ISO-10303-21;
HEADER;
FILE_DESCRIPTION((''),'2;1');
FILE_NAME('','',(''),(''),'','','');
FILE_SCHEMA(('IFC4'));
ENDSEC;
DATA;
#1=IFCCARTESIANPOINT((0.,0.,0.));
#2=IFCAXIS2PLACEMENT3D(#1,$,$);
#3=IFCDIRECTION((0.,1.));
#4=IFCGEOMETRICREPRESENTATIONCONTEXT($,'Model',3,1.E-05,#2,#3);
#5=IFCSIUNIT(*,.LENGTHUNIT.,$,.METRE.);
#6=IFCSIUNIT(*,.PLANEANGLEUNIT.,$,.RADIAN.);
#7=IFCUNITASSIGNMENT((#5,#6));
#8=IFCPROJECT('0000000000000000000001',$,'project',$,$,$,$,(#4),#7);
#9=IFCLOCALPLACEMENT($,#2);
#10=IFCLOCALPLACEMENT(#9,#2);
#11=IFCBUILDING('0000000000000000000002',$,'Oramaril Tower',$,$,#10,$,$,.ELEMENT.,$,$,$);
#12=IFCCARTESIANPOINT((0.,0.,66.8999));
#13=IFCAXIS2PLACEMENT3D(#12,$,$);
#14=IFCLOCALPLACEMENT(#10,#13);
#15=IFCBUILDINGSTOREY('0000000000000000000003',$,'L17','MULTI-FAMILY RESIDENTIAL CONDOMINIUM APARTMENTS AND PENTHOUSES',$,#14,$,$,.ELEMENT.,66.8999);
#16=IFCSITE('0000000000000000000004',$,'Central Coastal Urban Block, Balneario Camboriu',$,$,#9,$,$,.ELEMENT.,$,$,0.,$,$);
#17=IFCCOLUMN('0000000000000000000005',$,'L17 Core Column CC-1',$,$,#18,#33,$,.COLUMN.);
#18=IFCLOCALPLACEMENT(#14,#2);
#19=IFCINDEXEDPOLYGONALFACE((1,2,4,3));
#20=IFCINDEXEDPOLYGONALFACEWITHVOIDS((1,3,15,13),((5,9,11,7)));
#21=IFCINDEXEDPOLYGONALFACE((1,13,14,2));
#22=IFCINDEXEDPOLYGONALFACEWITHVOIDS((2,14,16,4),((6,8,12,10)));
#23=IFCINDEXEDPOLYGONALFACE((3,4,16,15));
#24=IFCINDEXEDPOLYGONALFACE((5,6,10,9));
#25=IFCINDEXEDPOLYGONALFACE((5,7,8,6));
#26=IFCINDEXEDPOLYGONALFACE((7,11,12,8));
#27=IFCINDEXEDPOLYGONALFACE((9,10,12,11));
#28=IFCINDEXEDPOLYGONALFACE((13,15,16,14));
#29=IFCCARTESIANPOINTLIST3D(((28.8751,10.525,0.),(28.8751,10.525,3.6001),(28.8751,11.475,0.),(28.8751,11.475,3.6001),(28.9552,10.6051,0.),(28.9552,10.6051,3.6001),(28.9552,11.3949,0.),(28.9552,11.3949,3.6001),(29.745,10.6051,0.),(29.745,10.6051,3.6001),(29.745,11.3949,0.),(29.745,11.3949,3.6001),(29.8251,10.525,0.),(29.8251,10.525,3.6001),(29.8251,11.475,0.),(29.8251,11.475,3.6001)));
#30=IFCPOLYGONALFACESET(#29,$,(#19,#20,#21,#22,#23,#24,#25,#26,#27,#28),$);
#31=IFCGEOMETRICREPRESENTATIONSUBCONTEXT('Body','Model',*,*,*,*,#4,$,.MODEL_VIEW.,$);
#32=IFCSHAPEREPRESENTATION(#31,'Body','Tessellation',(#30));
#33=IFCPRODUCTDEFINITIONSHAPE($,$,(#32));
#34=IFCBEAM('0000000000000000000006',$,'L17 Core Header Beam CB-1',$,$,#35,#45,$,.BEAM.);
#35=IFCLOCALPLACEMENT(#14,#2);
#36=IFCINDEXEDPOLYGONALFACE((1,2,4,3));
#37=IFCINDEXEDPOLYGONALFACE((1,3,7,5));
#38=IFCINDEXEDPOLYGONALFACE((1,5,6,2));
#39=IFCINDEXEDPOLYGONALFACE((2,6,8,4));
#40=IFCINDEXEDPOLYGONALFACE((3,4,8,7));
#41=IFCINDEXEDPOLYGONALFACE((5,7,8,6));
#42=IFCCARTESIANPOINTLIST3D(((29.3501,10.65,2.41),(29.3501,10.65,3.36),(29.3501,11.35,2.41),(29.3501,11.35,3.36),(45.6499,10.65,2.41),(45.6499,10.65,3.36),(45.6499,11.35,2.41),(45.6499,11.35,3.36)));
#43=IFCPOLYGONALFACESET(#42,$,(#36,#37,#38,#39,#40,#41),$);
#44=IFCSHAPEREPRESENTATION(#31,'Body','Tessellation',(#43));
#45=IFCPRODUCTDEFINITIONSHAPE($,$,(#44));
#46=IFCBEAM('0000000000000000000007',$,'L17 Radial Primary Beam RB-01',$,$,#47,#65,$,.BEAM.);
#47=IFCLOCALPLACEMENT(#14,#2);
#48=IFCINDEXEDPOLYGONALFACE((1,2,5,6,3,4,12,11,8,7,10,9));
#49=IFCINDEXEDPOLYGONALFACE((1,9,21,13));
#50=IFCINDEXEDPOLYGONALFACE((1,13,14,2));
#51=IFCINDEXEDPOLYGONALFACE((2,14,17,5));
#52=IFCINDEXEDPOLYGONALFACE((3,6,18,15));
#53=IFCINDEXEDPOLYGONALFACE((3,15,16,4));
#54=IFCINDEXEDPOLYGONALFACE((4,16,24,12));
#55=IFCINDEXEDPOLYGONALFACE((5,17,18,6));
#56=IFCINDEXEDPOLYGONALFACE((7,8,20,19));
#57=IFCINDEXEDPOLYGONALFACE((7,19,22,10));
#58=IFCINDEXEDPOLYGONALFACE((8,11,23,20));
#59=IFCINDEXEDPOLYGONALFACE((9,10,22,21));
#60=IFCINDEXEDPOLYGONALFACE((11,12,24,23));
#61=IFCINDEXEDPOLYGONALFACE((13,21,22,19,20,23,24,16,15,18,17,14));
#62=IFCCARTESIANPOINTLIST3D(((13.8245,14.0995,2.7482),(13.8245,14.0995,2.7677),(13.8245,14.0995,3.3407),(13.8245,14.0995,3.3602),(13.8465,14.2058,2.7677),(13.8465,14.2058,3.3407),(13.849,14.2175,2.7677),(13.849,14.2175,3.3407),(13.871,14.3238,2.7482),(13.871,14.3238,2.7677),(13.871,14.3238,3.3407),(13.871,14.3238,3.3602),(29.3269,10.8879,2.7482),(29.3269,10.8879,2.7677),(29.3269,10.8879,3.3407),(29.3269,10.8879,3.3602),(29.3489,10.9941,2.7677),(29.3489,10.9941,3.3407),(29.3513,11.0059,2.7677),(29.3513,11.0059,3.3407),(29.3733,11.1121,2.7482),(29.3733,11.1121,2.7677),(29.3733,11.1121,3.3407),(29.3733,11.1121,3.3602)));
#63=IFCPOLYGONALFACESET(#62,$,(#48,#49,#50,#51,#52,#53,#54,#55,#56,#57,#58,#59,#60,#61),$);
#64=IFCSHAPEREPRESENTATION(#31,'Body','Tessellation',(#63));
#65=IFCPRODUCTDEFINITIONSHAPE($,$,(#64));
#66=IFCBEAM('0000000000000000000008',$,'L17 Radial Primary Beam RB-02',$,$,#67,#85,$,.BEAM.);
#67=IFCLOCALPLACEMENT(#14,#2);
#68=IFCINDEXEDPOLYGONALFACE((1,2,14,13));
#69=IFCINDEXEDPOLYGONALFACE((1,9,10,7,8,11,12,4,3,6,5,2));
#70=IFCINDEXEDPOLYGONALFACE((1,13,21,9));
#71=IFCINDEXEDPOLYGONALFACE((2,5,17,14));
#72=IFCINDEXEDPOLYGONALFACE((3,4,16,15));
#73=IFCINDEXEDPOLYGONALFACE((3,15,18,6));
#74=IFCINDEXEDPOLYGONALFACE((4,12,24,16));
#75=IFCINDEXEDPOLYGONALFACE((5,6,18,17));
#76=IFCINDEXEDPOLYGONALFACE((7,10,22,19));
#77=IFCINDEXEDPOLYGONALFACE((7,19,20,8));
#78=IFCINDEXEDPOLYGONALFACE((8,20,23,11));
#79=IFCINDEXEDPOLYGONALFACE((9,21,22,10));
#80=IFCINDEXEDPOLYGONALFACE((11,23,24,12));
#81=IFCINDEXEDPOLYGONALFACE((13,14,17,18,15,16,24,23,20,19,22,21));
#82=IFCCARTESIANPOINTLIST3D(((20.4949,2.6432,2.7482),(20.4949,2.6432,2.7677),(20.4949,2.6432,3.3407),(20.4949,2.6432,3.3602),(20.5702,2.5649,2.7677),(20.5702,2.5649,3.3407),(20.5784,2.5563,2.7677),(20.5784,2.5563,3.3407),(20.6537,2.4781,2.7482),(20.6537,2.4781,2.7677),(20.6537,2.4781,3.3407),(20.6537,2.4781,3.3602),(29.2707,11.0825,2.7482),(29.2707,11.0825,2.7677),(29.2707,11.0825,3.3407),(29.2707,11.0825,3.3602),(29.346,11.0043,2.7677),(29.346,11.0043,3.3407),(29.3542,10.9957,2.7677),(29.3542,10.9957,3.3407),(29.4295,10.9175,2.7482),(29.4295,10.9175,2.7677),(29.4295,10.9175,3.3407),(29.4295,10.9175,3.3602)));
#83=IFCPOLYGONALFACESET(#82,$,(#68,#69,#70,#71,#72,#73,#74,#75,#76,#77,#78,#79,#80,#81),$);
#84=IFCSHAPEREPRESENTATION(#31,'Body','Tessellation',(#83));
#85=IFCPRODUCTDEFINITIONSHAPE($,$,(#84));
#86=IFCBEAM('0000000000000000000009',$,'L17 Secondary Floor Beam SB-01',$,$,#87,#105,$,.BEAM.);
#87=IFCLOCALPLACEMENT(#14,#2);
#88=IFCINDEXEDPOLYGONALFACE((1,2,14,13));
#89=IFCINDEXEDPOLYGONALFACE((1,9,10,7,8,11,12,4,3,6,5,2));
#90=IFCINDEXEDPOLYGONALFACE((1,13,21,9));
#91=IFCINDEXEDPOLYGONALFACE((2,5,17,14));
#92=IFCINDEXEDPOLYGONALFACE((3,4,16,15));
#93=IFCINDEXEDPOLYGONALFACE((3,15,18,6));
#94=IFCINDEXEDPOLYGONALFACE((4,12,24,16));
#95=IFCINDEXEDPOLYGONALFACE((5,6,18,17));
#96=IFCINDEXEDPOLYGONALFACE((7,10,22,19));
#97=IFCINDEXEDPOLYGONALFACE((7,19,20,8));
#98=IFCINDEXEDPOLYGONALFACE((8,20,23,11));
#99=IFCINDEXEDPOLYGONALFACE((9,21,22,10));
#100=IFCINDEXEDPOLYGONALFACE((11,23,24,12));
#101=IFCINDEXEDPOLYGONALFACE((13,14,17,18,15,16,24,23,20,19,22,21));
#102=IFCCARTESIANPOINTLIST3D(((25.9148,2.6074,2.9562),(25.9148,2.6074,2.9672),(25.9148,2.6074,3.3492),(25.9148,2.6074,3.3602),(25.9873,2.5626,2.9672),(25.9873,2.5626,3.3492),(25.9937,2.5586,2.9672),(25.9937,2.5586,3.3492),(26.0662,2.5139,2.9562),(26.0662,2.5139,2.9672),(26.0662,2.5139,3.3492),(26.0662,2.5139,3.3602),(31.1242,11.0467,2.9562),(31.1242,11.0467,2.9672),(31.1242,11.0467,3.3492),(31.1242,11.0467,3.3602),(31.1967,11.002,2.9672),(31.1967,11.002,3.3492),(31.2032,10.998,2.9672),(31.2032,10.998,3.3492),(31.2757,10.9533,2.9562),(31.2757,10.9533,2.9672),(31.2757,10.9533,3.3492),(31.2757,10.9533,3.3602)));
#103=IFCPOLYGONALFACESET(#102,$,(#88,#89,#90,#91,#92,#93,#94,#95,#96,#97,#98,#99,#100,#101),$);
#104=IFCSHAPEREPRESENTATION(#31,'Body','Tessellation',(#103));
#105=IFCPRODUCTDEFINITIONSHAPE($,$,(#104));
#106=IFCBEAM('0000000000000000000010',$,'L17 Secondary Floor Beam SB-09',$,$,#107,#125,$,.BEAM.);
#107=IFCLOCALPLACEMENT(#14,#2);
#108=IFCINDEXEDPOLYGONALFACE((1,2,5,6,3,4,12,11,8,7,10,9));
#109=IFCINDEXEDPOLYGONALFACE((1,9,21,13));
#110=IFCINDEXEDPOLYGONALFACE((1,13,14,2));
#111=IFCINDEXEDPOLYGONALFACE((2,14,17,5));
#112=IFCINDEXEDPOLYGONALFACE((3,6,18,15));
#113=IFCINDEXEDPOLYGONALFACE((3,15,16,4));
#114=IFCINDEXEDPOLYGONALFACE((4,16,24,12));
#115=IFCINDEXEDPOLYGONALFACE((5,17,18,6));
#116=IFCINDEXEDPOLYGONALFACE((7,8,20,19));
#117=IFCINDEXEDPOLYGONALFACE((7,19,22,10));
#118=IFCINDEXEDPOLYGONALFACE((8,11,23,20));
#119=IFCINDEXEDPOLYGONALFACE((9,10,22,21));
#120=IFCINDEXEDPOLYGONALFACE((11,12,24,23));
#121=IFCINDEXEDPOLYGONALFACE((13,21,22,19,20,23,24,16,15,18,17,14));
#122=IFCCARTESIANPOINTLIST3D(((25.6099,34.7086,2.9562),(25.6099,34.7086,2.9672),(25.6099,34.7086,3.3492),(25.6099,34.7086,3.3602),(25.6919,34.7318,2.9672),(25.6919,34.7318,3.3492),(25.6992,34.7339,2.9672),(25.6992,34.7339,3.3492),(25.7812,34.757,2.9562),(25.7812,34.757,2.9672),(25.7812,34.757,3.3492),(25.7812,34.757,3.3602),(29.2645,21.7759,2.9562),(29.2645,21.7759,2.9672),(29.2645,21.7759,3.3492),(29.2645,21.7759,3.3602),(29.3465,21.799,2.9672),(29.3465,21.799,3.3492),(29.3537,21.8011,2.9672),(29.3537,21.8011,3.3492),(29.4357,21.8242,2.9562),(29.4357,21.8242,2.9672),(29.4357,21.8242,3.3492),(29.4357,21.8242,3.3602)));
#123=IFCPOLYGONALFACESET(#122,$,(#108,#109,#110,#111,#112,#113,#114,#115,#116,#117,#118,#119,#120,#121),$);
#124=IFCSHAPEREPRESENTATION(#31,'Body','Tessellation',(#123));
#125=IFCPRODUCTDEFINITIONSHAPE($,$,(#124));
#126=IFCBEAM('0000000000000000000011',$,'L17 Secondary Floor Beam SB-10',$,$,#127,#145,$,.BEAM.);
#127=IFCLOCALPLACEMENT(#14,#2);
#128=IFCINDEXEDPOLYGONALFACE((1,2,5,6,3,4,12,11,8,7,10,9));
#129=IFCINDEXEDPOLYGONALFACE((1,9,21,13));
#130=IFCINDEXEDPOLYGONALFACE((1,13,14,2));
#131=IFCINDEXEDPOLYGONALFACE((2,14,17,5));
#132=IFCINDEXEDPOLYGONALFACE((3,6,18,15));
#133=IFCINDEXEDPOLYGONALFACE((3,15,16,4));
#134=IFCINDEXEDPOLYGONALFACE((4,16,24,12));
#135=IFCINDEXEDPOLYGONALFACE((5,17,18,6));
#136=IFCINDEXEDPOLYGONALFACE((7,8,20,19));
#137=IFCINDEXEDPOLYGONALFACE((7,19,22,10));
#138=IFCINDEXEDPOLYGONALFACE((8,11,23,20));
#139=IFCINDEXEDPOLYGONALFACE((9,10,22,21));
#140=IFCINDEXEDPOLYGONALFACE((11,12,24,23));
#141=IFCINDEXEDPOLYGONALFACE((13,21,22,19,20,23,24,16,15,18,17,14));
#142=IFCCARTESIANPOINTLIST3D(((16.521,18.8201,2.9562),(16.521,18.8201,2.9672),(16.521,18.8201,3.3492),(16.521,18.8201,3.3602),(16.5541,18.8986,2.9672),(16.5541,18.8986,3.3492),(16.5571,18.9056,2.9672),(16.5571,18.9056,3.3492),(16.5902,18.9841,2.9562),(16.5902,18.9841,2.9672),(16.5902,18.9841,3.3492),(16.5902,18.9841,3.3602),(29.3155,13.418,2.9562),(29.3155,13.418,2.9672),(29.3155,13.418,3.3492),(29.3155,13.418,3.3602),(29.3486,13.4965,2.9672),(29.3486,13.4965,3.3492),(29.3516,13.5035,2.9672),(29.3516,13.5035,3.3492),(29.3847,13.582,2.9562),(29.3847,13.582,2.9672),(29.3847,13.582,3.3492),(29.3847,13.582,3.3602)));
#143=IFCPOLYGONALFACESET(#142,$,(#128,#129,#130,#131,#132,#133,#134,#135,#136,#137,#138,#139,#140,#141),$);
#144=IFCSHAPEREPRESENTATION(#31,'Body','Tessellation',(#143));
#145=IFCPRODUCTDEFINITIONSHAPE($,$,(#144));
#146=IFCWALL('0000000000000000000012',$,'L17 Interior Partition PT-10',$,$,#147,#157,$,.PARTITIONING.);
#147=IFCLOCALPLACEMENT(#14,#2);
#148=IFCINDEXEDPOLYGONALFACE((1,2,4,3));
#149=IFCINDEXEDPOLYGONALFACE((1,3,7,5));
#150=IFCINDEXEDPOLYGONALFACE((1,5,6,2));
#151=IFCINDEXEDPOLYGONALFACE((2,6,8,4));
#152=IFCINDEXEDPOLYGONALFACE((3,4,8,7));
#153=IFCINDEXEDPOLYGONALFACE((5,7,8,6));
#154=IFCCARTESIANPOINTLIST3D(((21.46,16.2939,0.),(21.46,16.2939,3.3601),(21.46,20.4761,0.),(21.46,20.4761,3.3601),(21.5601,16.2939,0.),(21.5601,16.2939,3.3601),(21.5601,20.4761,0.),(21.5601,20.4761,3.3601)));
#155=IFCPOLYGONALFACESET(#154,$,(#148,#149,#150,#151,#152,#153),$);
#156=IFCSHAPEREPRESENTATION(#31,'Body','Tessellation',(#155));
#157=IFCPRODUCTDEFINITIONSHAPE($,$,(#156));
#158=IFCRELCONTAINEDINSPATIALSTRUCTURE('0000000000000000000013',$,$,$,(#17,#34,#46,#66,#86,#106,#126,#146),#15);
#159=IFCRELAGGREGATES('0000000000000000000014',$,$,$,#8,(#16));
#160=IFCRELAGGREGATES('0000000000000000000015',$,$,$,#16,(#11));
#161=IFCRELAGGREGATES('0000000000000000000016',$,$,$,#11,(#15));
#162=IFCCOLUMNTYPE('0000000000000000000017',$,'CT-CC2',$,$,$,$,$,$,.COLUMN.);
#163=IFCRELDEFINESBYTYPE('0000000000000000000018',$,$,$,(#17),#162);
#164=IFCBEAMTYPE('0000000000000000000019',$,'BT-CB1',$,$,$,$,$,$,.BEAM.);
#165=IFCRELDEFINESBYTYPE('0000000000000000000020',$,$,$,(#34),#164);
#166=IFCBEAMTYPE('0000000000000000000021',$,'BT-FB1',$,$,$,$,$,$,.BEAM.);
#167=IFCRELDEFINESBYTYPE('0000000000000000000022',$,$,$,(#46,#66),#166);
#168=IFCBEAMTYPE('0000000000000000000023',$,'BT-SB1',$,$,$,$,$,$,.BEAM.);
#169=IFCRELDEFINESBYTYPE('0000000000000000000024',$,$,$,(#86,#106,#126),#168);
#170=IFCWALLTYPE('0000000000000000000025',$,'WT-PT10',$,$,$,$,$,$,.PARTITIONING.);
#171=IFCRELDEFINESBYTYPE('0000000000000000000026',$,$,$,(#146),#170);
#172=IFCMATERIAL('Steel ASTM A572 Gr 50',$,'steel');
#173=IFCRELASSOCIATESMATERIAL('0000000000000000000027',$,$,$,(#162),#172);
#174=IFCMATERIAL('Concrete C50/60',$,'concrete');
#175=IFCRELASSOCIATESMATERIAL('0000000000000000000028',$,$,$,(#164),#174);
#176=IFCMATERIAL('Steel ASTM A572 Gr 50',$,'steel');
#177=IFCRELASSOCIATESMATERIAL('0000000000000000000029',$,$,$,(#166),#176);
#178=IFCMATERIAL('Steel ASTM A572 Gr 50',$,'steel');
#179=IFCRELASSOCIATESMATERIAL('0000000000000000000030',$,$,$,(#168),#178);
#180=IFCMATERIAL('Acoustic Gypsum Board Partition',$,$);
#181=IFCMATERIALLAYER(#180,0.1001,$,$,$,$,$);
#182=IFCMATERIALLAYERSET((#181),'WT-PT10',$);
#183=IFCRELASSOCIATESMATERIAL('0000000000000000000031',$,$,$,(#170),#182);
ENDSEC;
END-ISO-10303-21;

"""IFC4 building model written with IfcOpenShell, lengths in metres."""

from ifc_helpers import new_model, si_unit, direction, frame, frame_2d, origin, origin_2d, place, context, subcontext, project, spatial, rectangle, hollow_rectangle, i_section, extrude, material, layer, layer_set, material_profile, profile_set, type_object, element, save


model = new_model("IFC4")

# Units and contexts
model_context = context("Model", 3, precision=1e-05, world=origin(), true_north=direction((0.0, 1.0)))
body_context = subcontext(model_context, "Body", "Model", "MODEL_VIEW")
ifc_project = project(units=[si_unit("LENGTHUNIT", "METRE"), si_unit("PLANEANGLEUNIT", "RADIAN")], contexts=[model_context])

# Site, building, storey
site_placement = place(None, origin())
site = spatial("IfcSite", under=ifc_project, at=site_placement, Name="Central Coastal Urban Block, Balneario Camboriu", CompositionType="ELEMENT", RefElevation=0.0)
building_placement = place(site_placement, origin())
building = spatial("IfcBuilding", under=site, at=building_placement, Name="Oramaril Tower", CompositionType="ELEMENT")
storey_placement = place(building_placement, frame((0.0, 0.0, 66.8999)))
storey = spatial("IfcBuildingStorey", under=building, at=storey_placement, Name="L17", Description="MULTI-FAMILY RESIDENTIAL CONDOMINIUM APARTMENTS AND PENTHOUSES", CompositionType="ELEMENT", Elevation=66.8999)

# Column
ifc_material_1 = material(Name="Steel ASTM A572 Gr 50", Category="steel")
ifc_material_profile_1 = material_profile(ifc_material_1, hollow_rectangle(XDim=0.95, YDim=0.95, WallThickness=0.0801, at=origin_2d()), Name="BOX950X950X80")
ifc_profile_set_1 = profile_set([ifc_material_profile_1], Name="Steel ASTM A572 Gr 50")
column_type = type_object("IfcColumnType", Name="CT-CC2", PredefinedType="COLUMN", material=ifc_profile_set_1)
column_placement = place(storey_placement, frame((29.3501, 11.0, 0.0), z_axis=(0.0, 0.0, 1.0), x_axis=(1.0, 0.0, 0.0)))
element("IfcColumn", 1, at=column_placement, inside=storey, type_object=column_type, Name="L17 Core Column CC-1", PredefinedType="COLUMN", context=body_context, shape_type="SweptSolid", body=[
    extrude(hollow_rectangle(XDim=0.95, YDim=0.95, WallThickness=0.0801, at=origin_2d()), origin(), (0.0, 0.0, 1.0), 3.6001),
])

# Beams
ifc_material_2 = material(Name="Concrete C50/60", Category="concrete")
ifc_material_profile_2 = material_profile(ifc_material_2, rectangle(XDim=0.7, YDim=0.95, at=origin_2d()), Name="CB700X950")
ifc_profile_set_2 = profile_set([ifc_material_profile_2], Name="Concrete C50/60")
beam_type_1 = type_object("IfcBeamType", Name="BT-CB1", PredefinedType="BEAM", material=ifc_profile_set_2)
beam_1_placement = place(storey_placement, frame((29.3501, 11.0, 2.885), z_axis=(1.0, 0.0, 0.0), x_axis=(0.0, 1.0, 0.0)))
element("IfcBeam", 2, at=beam_1_placement, inside=storey, type_object=beam_type_1, Name="L17 Core Header Beam CB-1", PredefinedType="BEAM", context=body_context, shape_type="SweptSolid", body=[
    extrude(rectangle(XDim=0.7, YDim=0.95, at=origin_2d()), origin(), (0.0, 0.0, 1.0), 16.2998),
])
ifc_material_3 = material(Name="Steel ASTM A572 Gr 50", Category="steel")
ifc_material_profile_3 = material_profile(ifc_material_3, i_section(OverallWidth=0.229, OverallDepth=0.6121, WebThickness=0.012, FlangeThickness=0.0195, at=origin_2d()), Name="W24X84")
ifc_profile_set_3 = profile_set([ifc_material_profile_3], Name="Steel ASTM A572 Gr 50")
beam_type_2 = type_object("IfcBeamType", Name="BT-FB1", PredefinedType="BEAM", material=ifc_profile_set_3)
beam_2_placement = place(storey_placement, frame((29.3501, 11.0, 3.0542), z_axis=(-0.979207, 0.202864, 0.0), x_axis=(-0.202864, -0.979207, 0.0)))
element("IfcBeam", 3, at=beam_2_placement, inside=storey, type_object=beam_type_2, Name="L17 Radial Primary Beam RB-01", PredefinedType="BEAM", context=body_context, shape_type="SweptSolid", body=[
    extrude(i_section(OverallWidth=0.229, OverallDepth=0.6121, WebThickness=0.012, FlangeThickness=0.0195, at=origin_2d()), origin(), (0.0, 0.0, 1.0), 15.8315),
])
beam_3_placement = place(storey_placement, frame((29.3501, 11.0, 3.0542), z_axis=(-0.720788, -0.693156, 0.0), x_axis=(0.693156, -0.720788, 0.0)))
element("IfcBeam", 4, at=beam_3_placement, inside=storey, type_object=beam_type_2, Name="L17 Radial Primary Beam RB-02", PredefinedType="BEAM", context=body_context, shape_type="SweptSolid", body=[
    extrude(i_section(OverallWidth=0.229, OverallDepth=0.6121, WebThickness=0.012, FlangeThickness=0.0195, at=origin_2d()), origin(), (0.0, 0.0, 1.0), 12.1753),
])
ifc_material_4 = material(Name="Steel ASTM A572 Gr 50", Category="steel")
ifc_material_profile_4 = material_profile(ifc_material_4, i_section(OverallWidth=0.178, OverallDepth=0.4041, WebThickness=0.0076, FlangeThickness=0.011, at=origin_2d()), Name="W16X36")
ifc_profile_set_4 = profile_set([ifc_material_profile_4], Name="Steel ASTM A572 Gr 50")
beam_type_3 = type_object("IfcBeamType", Name="BT-SB1", PredefinedType="BEAM", material=ifc_profile_set_4)
beam_4_placement = place(storey_placement, frame((31.2, 11.0, 3.1582), z_axis=(-0.525264, -0.850939, 0.0), x_axis=(0.850939, -0.525264, 0.0)))
element("IfcBeam", 5, at=beam_4_placement, inside=storey, type_object=beam_type_3, Name="L17 Secondary Floor Beam SB-01", PredefinedType="BEAM", context=body_context, shape_type="SweptSolid", body=[
    extrude(i_section(OverallWidth=0.178, OverallDepth=0.4041, WebThickness=0.0076, FlangeThickness=0.011, at=origin_2d()), origin(), (0.0, 0.0, 1.0), 9.9177),
])
beam_5_placement = place(storey_placement, frame((29.3501, 21.8, 3.1582), z_axis=(-0.27193, 0.962317, 0.0), x_axis=(-0.962317, -0.27193, 0.0)))
element("IfcBeam", 6, at=beam_5_placement, inside=storey, type_object=beam_type_3, Name="L17 Secondary Floor Beam SB-09", PredefinedType="BEAM", context=body_context, shape_type="SweptSolid", body=[
    extrude(i_section(OverallWidth=0.178, OverallDepth=0.4041, WebThickness=0.0076, FlangeThickness=0.011, at=origin_2d()), origin(), (0.0, 0.0, 1.0), 13.4392),
])
beam_6_placement = place(storey_placement, frame((29.3501, 13.5, 3.1582), z_axis=(-0.921249, 0.388972, 0.0), x_axis=(-0.388972, -0.921249, 0.0)))
element("IfcBeam", 7, at=beam_6_placement, inside=storey, type_object=beam_type_3, Name="L17 Secondary Floor Beam SB-10", PredefinedType="BEAM", context=body_context, shape_type="SweptSolid", body=[
    extrude(i_section(OverallWidth=0.178, OverallDepth=0.4041, WebThickness=0.0076, FlangeThickness=0.011, at=origin_2d()), origin(), (0.0, 0.0, 1.0), 13.8882),
])

# Wall
ifc_material_5 = material(Name="Acoustic Gypsum Board Partition")
ifc_layer_1 = layer(ifc_material_5, 0.1001)
ifc_layer_set_1 = layer_set([ifc_layer_1], Name="WT-PT10")
wall_type_1 = type_object("IfcWallType", Name="WT-PT10", PredefinedType="PARTITIONING", material=ifc_layer_set_1)
wall_1_placement = place(storey_placement, frame((21.51, 16.2939, 0.0), z_axis=(0.0, 0.0, 1.0), x_axis=(0.0, 1.0, 0.0)))
element("IfcWall", 8, at=wall_1_placement, inside=storey, type_object=wall_type_1, Name="L17 Interior Partition PT-10", PredefinedType="PARTITIONING", context=body_context, shape_type="SweptSolid", body=[
    extrude(rectangle(XDim=4.1821, YDim=0.1001, at=frame_2d((2.0911, 0.0))), origin(), (0.0, 0.0, 1.0), 3.3601),
])

save(model, "model.ifc")
